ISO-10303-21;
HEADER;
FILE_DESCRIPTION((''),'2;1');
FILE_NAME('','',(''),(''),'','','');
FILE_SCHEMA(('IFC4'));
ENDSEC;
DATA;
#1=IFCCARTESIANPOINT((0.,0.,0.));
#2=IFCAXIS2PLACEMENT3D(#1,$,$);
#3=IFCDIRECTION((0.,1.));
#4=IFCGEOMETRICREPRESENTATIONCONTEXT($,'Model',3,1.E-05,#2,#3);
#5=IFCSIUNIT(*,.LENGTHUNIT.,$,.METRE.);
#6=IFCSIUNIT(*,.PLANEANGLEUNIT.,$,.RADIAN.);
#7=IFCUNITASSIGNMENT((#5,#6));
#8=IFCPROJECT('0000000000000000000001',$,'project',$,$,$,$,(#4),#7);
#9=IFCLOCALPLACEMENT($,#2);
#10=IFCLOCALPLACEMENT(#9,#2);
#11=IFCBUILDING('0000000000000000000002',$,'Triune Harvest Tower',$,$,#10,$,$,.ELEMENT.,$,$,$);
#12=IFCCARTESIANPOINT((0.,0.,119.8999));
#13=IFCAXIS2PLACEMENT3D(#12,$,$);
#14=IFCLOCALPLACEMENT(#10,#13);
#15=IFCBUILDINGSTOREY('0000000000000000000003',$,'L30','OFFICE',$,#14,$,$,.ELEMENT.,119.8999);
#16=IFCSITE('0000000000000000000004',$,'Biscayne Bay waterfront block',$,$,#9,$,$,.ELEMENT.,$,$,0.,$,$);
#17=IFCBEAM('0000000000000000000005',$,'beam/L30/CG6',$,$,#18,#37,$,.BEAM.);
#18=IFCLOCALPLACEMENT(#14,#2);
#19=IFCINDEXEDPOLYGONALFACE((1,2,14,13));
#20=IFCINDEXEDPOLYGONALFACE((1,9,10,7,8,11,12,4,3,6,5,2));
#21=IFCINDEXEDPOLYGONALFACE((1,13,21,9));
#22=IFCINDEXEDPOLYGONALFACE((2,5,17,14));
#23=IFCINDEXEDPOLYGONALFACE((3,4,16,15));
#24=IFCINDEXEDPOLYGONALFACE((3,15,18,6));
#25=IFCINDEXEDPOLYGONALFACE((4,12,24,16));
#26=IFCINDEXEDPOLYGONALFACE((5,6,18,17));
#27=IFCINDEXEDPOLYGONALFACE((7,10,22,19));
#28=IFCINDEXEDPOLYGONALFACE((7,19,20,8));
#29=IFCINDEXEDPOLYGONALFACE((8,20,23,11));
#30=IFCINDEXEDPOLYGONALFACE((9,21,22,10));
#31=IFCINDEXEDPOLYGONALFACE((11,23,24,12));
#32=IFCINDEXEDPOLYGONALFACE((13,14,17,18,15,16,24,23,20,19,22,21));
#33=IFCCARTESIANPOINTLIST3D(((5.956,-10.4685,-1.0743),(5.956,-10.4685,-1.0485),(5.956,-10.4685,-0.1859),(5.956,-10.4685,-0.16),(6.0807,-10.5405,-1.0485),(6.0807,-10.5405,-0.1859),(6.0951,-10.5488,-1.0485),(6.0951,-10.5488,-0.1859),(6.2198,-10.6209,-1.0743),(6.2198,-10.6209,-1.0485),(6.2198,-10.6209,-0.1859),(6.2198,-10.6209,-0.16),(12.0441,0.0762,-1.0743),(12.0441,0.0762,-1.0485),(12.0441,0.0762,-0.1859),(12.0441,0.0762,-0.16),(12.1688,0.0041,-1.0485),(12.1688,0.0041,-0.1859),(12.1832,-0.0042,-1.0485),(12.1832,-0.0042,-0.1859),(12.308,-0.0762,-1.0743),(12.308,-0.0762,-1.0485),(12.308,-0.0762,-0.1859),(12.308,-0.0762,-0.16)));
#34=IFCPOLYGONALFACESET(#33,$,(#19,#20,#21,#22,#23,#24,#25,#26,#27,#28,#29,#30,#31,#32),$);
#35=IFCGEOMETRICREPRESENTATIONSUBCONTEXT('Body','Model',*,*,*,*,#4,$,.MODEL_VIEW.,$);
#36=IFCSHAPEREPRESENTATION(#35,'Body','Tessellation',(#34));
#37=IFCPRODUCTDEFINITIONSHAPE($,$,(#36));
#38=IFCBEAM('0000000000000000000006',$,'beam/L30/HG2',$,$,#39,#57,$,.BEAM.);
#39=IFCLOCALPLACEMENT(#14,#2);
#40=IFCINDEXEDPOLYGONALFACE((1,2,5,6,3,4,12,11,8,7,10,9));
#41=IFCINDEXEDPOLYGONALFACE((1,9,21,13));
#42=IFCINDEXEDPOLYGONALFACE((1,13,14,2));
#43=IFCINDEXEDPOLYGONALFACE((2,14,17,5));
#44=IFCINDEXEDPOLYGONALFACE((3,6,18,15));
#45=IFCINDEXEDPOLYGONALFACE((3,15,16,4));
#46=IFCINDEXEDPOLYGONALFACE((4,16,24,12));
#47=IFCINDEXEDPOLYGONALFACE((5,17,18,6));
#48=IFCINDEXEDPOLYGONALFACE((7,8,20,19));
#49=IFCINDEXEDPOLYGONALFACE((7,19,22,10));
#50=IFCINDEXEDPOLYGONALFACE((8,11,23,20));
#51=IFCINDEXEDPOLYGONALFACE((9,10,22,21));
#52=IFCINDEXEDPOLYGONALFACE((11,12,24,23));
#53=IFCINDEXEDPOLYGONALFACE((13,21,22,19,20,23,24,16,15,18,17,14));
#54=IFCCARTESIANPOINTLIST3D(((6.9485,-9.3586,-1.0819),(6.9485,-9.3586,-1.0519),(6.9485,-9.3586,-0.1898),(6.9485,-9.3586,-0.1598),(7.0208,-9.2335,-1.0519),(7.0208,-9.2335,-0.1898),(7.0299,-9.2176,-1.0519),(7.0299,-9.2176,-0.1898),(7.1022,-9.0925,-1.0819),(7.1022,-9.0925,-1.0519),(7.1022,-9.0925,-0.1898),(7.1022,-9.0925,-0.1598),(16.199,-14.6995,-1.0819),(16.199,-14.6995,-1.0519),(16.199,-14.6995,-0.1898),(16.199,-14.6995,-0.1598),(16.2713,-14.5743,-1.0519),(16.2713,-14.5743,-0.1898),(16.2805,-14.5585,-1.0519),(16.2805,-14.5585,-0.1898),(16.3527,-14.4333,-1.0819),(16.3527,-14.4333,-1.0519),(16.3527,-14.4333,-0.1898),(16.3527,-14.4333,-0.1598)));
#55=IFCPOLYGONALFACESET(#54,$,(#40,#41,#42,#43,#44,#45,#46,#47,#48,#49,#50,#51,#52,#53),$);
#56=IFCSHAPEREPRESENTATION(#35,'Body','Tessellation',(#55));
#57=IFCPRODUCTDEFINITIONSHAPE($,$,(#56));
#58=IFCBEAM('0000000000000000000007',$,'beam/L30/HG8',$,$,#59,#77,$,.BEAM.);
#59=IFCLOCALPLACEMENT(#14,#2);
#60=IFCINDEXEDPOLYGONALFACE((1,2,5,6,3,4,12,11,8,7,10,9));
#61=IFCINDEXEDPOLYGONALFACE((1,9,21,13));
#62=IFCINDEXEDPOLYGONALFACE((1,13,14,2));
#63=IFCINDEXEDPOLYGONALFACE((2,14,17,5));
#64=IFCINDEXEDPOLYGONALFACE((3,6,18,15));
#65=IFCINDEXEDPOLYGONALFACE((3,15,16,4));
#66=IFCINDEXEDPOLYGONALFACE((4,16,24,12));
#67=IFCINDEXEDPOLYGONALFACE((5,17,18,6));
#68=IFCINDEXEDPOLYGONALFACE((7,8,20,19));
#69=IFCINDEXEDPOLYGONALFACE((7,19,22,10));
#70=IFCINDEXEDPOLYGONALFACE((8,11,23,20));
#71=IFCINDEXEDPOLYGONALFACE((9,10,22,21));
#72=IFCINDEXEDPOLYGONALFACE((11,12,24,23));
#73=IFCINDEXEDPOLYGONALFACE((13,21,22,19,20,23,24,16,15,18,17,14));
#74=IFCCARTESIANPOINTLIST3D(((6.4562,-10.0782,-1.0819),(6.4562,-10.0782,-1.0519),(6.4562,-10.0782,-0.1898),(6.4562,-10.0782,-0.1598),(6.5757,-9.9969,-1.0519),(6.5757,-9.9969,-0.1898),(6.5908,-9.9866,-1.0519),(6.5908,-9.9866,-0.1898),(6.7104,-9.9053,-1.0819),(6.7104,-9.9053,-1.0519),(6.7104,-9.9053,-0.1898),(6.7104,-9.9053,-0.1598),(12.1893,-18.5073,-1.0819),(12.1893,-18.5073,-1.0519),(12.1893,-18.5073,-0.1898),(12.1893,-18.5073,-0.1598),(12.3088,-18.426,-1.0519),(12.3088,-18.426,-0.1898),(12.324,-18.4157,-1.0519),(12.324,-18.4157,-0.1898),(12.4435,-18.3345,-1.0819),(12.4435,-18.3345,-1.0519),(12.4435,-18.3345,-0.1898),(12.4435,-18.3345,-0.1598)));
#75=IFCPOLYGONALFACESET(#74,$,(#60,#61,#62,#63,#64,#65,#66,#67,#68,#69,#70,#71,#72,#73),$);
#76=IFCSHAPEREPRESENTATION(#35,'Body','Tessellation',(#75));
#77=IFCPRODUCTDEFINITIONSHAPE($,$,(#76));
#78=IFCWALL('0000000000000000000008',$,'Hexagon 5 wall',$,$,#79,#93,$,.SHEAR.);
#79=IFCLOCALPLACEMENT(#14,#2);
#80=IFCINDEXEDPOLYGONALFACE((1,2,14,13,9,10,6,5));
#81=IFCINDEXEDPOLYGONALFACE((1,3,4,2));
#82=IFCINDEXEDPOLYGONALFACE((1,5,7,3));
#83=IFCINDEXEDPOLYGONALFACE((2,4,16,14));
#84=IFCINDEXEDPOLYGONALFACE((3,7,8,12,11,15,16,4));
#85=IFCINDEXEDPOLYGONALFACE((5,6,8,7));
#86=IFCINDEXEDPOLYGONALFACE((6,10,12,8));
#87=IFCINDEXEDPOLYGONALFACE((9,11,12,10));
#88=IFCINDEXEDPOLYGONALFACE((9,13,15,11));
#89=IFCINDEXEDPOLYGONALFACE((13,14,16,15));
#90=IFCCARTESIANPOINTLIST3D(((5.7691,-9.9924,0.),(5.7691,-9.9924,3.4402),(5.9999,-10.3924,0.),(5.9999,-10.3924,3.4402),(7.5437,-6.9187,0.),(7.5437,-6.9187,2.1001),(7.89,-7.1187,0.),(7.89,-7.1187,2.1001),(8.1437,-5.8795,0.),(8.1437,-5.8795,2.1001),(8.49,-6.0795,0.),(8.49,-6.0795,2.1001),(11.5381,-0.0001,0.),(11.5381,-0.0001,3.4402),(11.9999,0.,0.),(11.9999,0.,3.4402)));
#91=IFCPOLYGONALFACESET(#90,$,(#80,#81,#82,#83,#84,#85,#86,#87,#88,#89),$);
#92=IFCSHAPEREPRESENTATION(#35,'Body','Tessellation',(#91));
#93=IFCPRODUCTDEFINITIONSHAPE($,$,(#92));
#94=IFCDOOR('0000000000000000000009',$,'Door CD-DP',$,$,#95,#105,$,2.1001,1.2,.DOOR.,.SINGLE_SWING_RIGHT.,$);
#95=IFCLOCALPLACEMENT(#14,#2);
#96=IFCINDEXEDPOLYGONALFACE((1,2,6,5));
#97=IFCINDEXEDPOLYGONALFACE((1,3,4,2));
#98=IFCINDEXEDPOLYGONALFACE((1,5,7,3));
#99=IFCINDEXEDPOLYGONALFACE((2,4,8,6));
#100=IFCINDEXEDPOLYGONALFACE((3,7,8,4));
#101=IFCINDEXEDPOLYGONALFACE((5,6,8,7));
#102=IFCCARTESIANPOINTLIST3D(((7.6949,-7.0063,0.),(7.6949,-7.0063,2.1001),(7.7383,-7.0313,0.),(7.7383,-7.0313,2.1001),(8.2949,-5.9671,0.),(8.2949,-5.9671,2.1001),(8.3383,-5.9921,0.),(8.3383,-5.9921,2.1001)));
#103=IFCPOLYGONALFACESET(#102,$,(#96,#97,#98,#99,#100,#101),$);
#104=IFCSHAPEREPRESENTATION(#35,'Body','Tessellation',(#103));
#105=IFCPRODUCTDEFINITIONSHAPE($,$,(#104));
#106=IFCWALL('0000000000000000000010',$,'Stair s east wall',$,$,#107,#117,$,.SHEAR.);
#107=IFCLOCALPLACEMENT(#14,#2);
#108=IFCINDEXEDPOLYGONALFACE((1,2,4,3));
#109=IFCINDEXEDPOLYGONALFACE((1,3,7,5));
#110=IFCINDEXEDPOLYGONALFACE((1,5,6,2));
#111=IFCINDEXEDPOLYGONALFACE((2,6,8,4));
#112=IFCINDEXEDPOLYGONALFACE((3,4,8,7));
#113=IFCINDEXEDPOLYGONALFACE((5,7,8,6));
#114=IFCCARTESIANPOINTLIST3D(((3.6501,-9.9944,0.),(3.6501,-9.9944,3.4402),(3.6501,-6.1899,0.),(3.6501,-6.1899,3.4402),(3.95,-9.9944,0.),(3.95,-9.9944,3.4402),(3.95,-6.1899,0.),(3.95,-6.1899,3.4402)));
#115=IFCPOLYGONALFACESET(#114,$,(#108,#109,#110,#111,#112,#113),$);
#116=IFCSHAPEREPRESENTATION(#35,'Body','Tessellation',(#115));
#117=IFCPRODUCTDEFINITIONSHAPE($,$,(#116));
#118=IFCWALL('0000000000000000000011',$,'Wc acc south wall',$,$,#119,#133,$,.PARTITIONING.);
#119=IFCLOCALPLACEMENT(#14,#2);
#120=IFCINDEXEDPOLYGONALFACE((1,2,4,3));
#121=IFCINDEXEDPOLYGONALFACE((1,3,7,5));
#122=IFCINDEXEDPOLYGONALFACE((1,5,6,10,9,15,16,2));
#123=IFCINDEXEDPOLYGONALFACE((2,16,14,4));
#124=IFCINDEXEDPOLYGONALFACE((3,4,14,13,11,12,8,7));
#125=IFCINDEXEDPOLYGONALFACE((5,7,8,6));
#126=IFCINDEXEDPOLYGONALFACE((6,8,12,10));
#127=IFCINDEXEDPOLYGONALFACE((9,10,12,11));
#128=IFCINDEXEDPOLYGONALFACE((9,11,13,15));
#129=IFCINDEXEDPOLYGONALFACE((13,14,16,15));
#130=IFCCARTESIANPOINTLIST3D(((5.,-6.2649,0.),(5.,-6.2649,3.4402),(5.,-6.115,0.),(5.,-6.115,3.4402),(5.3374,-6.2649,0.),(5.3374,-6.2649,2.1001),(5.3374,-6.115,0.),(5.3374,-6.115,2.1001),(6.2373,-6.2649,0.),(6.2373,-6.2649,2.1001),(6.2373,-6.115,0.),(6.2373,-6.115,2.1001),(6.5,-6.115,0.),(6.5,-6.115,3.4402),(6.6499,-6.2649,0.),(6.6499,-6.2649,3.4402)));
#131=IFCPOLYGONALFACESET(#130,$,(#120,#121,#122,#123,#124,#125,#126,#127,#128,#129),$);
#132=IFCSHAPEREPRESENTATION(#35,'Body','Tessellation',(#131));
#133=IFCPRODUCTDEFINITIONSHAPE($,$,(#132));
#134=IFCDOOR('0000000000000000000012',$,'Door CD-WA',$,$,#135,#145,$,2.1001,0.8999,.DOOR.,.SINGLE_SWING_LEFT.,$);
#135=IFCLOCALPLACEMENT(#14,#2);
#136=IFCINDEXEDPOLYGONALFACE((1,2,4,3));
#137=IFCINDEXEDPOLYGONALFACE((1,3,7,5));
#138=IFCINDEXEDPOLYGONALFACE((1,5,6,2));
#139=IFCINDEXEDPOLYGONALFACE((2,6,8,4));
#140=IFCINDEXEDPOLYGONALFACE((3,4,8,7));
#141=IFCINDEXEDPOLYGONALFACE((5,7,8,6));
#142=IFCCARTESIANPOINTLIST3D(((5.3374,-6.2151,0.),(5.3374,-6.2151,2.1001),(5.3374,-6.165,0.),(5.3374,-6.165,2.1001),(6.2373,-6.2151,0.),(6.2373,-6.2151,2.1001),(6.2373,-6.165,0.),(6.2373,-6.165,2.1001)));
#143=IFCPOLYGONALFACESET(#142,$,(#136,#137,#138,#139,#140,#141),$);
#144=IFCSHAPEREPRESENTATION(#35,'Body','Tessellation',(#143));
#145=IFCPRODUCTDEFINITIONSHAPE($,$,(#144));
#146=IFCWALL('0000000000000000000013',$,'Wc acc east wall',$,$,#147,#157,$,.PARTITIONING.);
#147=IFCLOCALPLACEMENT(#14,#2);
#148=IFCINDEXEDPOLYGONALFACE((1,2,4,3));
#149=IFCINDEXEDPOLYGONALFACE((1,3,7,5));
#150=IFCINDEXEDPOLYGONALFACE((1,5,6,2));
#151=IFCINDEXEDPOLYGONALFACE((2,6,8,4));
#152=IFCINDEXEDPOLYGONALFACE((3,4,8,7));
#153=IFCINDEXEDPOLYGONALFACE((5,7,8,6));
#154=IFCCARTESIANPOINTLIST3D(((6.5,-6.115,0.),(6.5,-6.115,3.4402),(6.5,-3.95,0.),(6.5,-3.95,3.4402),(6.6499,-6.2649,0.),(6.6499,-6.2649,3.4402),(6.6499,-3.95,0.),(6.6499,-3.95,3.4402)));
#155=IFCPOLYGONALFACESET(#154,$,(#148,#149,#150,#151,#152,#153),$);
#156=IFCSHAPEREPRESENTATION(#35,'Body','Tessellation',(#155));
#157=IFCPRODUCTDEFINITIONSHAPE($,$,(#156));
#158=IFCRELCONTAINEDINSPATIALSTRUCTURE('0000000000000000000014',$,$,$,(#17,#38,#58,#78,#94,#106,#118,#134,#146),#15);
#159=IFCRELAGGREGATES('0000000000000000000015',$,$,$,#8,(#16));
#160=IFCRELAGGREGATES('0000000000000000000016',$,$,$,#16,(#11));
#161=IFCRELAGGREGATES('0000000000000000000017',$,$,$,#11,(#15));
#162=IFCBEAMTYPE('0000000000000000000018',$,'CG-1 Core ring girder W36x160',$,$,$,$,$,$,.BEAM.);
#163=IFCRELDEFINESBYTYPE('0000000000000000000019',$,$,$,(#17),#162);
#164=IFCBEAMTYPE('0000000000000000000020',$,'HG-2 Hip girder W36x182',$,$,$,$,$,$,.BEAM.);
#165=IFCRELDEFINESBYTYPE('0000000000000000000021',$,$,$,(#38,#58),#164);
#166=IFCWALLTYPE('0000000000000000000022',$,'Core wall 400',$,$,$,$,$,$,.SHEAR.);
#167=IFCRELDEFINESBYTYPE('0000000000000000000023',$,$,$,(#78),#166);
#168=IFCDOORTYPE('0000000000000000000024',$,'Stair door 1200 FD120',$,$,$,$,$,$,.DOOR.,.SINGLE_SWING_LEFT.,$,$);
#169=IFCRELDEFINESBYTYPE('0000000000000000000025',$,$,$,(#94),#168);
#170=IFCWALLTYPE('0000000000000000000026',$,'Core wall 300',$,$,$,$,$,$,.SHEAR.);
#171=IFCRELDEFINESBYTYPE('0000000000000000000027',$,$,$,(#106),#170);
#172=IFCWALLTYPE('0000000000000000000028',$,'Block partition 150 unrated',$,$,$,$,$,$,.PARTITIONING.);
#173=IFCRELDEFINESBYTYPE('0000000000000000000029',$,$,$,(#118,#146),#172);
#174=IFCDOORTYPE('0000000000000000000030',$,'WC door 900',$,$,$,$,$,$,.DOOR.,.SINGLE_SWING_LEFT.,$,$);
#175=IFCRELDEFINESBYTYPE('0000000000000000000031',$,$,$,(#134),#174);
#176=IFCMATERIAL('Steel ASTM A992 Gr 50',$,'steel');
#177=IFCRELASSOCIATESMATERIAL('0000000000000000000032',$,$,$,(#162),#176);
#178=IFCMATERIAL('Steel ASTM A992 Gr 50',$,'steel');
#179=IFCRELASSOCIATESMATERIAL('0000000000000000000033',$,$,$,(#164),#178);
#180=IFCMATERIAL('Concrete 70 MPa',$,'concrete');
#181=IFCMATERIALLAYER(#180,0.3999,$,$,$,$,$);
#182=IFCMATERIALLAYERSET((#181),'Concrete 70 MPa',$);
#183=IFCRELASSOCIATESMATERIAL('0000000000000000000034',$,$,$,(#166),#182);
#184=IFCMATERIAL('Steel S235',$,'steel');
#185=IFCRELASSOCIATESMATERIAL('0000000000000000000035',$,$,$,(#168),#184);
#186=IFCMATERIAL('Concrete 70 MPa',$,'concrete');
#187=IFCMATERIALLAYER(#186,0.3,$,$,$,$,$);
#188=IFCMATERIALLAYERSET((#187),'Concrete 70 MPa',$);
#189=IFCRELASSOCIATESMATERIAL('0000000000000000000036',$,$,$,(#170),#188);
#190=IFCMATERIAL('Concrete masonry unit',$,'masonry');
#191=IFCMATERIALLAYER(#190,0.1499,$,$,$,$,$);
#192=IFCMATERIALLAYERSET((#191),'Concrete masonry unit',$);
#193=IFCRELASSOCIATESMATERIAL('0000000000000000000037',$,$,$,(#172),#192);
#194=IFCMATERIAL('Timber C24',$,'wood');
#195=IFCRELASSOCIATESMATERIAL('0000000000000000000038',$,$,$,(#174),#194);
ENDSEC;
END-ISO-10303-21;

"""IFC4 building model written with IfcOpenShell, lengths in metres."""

from ifc_helpers import new_model, si_unit, direction, frame, frame_2d, origin, origin_2d, place, context, subcontext, project, spatial, polyline, rectangle, i_section, outline, extrude, source, transform, mapped, material, layer, layer_set, material_profile, profile_set, type_object, element, fill, save


model = new_model("IFC4")

# Units and contexts
model_context = context("Model", 3, precision=1e-05, world=origin(), true_north=direction((0.0, 1.0)))
body_context = subcontext(model_context, "Body", "Model", "MODEL_VIEW")
ifc_project = project(units=[si_unit("LENGTHUNIT", "METRE"), si_unit("PLANEANGLEUNIT", "RADIAN")], contexts=[model_context])

# Site, building, storey
site_placement = place(None, origin())
site = spatial("IfcSite", under=ifc_project, at=site_placement, Name="Biscayne Bay waterfront block", CompositionType="ELEMENT", RefElevation=0.0)
building_placement = place(site_placement, origin())
building = spatial("IfcBuilding", under=site, at=building_placement, Name="Triune Harvest Tower", CompositionType="ELEMENT")
storey_placement = place(building_placement, frame((0.0, 0.0, 119.8999)))
storey = spatial("IfcBuildingStorey", under=building, at=storey_placement, Name="L30", Description="OFFICE", CompositionType="ELEMENT", Elevation=119.8999)

# Beams
ifc_material_1 = material(Name="Steel ASTM A992 Gr 50", Category="steel")
ifc_material_profile_1 = material_profile(ifc_material_1, i_section(OverallWidth=0.3047, OverallDepth=0.9143, WebThickness=0.0166, FlangeThickness=0.0259, at=origin_2d()), Name="W36x160")
ifc_profile_set_1 = profile_set([ifc_material_profile_1], Name="Steel ASTM A992 Gr 50")
beam_type_1 = type_object("IfcBeamType", Name="CG-1 Core ring girder W36x160", PredefinedType="BEAM", material=ifc_profile_set_1)
shared_shape_1 = source(origin(), body_context, "Body", "SweptSolid", [
    extrude(i_section(OverallWidth=0.3047, OverallDepth=0.9143, WebThickness=0.0166, FlangeThickness=0.0259, at=origin_2d()), origin(), (0.0, 0.0, 1.0), 12.176),
])
beam_1_placement = place(storey_placement, frame((6.0879, -10.5447, -0.6172), z_axis=(0.50001, 0.86602, 0.0), x_axis=(-0.86602, 0.50001, 0.0)))
element("IfcBeam", 1, at=beam_1_placement, inside=storey, type_object=beam_type_1, Name="beam/L30/CG6", PredefinedType="BEAM", context=body_context, shape_type="MappedRepresentation", body=[
    mapped(shared_shape_1, transform((0.0, 0.0, 0.0), scale=1.0)),
])
ifc_material_2 = material(Name="Steel ASTM A992 Gr 50", Category="steel")
ifc_material_profile_2 = material_profile(ifc_material_2, i_section(OverallWidth=0.3074, OverallDepth=0.9221, WebThickness=0.0183, FlangeThickness=0.03, at=origin_2d()), Name="W36x182")
ifc_profile_set_2 = profile_set([ifc_material_profile_2], Name="Steel ASTM A992 Gr 50")
beam_type_2 = type_object("IfcBeamType", Name="HG-2 Hip girder W36x182", PredefinedType="BEAM", material=ifc_profile_set_2)
shared_shape_2 = source(origin(), body_context, "Body", "SweptSolid", [
    extrude(i_section(OverallWidth=0.3074, OverallDepth=0.9221, WebThickness=0.0183, FlangeThickness=0.03, at=origin_2d()), origin(), (0.0, 0.0, 1.0), 10.6816),
])
beam_2_placement = place(storey_placement, frame((16.2759, -14.5664, -0.6208), z_axis=(-0.866023, 0.500003, 0.0), x_axis=(-0.500003, -0.866023, 0.0)))
element("IfcBeam", 2, at=beam_2_placement, inside=storey, type_object=beam_type_2, Name="beam/L30/HG2", PredefinedType="BEAM", context=body_context, shape_type="MappedRepresentation", body=[
    mapped(shared_shape_2, transform((0.0, 0.0, 0.0), scale=1.0)),
])
shared_shape_3 = source(origin(), body_context, "Body", "SweptSolid", [
    extrude(i_section(OverallWidth=0.3074, OverallDepth=0.9221, WebThickness=0.0183, FlangeThickness=0.03, at=origin_2d()), origin(), (0.0, 0.0, 1.0), 10.1941),
])
beam_3_placement = place(storey_placement, frame((12.3164, -18.4209, -0.6208), z_axis=(-0.562397, 0.826867, 0.0), x_axis=(-0.826867, -0.562397, 0.0)))
element("IfcBeam", 3, at=beam_3_placement, inside=storey, type_object=beam_type_2, Name="beam/L30/HG8", PredefinedType="BEAM", context=body_context, shape_type="MappedRepresentation", body=[
    mapped(shared_shape_3, transform((0.0, 0.0, 0.0), scale=1.0)),
])

# Wall, opening, door
ifc_material_3 = material(Name="Concrete 70 MPa", Category="concrete")
ifc_layer_1 = layer(ifc_material_3, 0.3999)
ifc_layer_set_1 = layer_set([ifc_layer_1], Name="Concrete 70 MPa")
wall_type_1 = type_object("IfcWallType", Name="Core wall 400", PredefinedType="SHEAR", material=ifc_layer_set_1)
shared_shape_4 = source(origin(), body_context, "Body", "SweptSolid", [
    extrude(outline(polyline([(-0.1155, -0.2), (11.8845, -0.2), (11.6536, 0.2), (0.1155, 0.2), (-0.1155, -0.2)])), origin(), (0.0, 0.0, 1.0), 3.4402),
])
wall_1_placement = place(storey_placement, frame((5.8845, -10.1924, 0.0), z_axis=(0.0, 0.0, 1.0), x_axis=(0.499997, 0.866027, 0.0)))
wall_1 = element("IfcWall", 4, at=wall_1_placement, inside=storey, type_object=wall_type_1, Name="Hexagon 5 wall", PredefinedType="SHEAR", context=body_context, shape_type="MappedRepresentation", body=[
    mapped(shared_shape_4, transform((0.0, 0.0, 0.0), scale=1.0)),
])
opening_1_placement = place(wall_1_placement, frame((3.6646, 0.0, 0.0)))
opening_1 = element("IfcOpeningElement", 5, at=opening_1_placement, cuts=wall_1, PredefinedType="OPENING", context=body_context, shape_type="SweptSolid", body=[
    extrude(rectangle(XDim=1.2, YDim=2.1001, at=frame_2d((0.6001, 1.05))), frame((0.0, 0.21, 0.0), z_axis=(0.0, -1.0, 0.0), x_axis=(1.0, 0.0, 0.0)), (0.0, 0.0, 1.0), 0.4199),
])
ifc_material_4 = material(Name="Steel S235", Category="steel")
door_type_1 = type_object("IfcDoorType", Name="Stair door 1200 FD120", OperationType="SINGLE_SWING_LEFT", PredefinedType="DOOR", material=ifc_material_4)
door_1_placement = place(opening_1_placement, frame((1.2, 0.0, 0.0), z_axis=(0.0, 0.0, 1.0), x_axis=(-1.0, 0.0, 0.0)))
door_1 = element("IfcDoor", 6, at=door_1_placement, inside=storey, type_object=door_type_1, Name="Door CD-DP", OperationType="SINGLE_SWING_RIGHT", OverallHeight=2.1001, OverallWidth=1.2, PredefinedType="DOOR", context=body_context, shape_type="SweptSolid", body=[
    extrude(rectangle(XDim=1.2, YDim=2.1001, at=frame_2d((0.6001, 1.05))), frame((0.0, 0.0249, 0.0), z_axis=(0.0, -1.0, 0.0), x_axis=(1.0, 0.0, 0.0)), (0.0, 0.0, 1.0), 0.05),
])
fill(opening_1, door_1)

# Wall
ifc_material_5 = material(Name="Concrete 70 MPa", Category="concrete")
ifc_layer_2 = layer(ifc_material_5, 0.3)
ifc_layer_set_2 = layer_set([ifc_layer_2], Name="Concrete 70 MPa")
wall_type_2 = type_object("IfcWallType", Name="Core wall 300", PredefinedType="SHEAR", material=ifc_layer_set_2)
shared_shape_5 = source(origin(), body_context, "Body", "SweptSolid", [
    extrude(outline(polyline([(3.8, -0.1499), (-0.0044, -0.1499), (-0.0044, 0.1499), (3.8, 0.1499), (3.8, -0.1499)])), origin(), (0.0, 0.0, 1.0), 3.4402),
])
wall_2_placement = place(storey_placement, frame((3.8, -9.99, 0.0), z_axis=(0.0, 0.0, 1.0), x_axis=(0.0, 1.0, 0.0)))
element("IfcWall", 7, at=wall_2_placement, inside=storey, type_object=wall_type_2, Name="Stair s east wall", PredefinedType="SHEAR", context=body_context, shape_type="MappedRepresentation", body=[
    mapped(shared_shape_5, transform((0.0, 0.0, 0.0), scale=1.0)),
])

# Wall, opening, door
ifc_material_6 = material(Name="Concrete masonry unit", Category="masonry")
ifc_layer_3 = layer(ifc_material_6, 0.1499)
ifc_layer_set_3 = layer_set([ifc_layer_3], Name="Concrete masonry unit")
wall_type_3 = type_object("IfcWallType", Name="Block partition 150 unrated", PredefinedType="PARTITIONING", material=ifc_layer_set_3)
shared_shape_6 = source(origin(), body_context, "Body", "SweptSolid", [
    extrude(outline(polyline([(0.0, -0.075), (1.6499, -0.075), (1.5, 0.075), (0.0, 0.075), (0.0, -0.075)])), origin(), (0.0, 0.0, 1.0), 3.4402),
])
wall_3_placement = place(storey_placement, frame((5.0, -6.1899, 0.0), z_axis=(0.0, 0.0, 1.0), x_axis=(1.0, 0.0, 0.0)))
wall_3 = element("IfcWall", 8, at=wall_3_placement, inside=storey, type_object=wall_type_3, Name="Wc acc south wall", PredefinedType="PARTITIONING", context=body_context, shape_type="MappedRepresentation", body=[
    mapped(shared_shape_6, transform((0.0, 0.0, 0.0), scale=1.0)),
])
opening_2_placement = place(wall_3_placement, frame((0.3374, 0.0, 0.0)))
opening_2 = element("IfcOpeningElement", 9, at=opening_2_placement, cuts=wall_3, PredefinedType="OPENING", context=body_context, shape_type="SweptSolid", body=[
    extrude(rectangle(XDim=0.8999, YDim=2.1001, at=frame_2d((0.45, 1.05))), frame((0.0, 0.085, 0.0), z_axis=(0.0, -1.0, 0.0), x_axis=(1.0, 0.0, 0.0)), (0.0, 0.0, 1.0), 0.1699),
])
ifc_material_7 = material(Name="Timber C24", Category="wood")
door_type_2 = type_object("IfcDoorType", Name="WC door 900", OperationType="SINGLE_SWING_LEFT", PredefinedType="DOOR", material=ifc_material_7)
door_2_placement = place(opening_2_placement, origin())
door_2 = element("IfcDoor", 10, at=door_2_placement, inside=storey, type_object=door_type_2, Name="Door CD-WA", OperationType="SINGLE_SWING_LEFT", OverallHeight=2.1001, OverallWidth=0.8999, PredefinedType="DOOR", context=body_context, shape_type="SweptSolid", body=[
    extrude(rectangle(XDim=0.8999, YDim=2.1001, at=frame_2d((0.45, 1.05))), frame((0.0, 0.0249, 0.0), z_axis=(0.0, -1.0, 0.0), x_axis=(1.0, 0.0, 0.0)), (0.0, 0.0, 1.0), 0.05),
])
fill(opening_2, door_2)

# Wall
shared_shape_7 = source(origin(), body_context, "Body", "SweptSolid", [
    extrude(outline(polyline([(-0.075, -0.075), (2.24, -0.075), (2.24, 0.075), (0.075, 0.075), (-0.075, -0.075)])), origin(), (0.0, 0.0, 1.0), 3.4402),
])
wall_4_placement = place(storey_placement, frame((6.575, -6.1899, 0.0), z_axis=(0.0, 0.0, 1.0), x_axis=(0.0, 1.0, 0.0)))
element("IfcWall", 11, at=wall_4_placement, inside=storey, type_object=wall_type_3, Name="Wc acc east wall", PredefinedType="PARTITIONING", context=body_context, shape_type="MappedRepresentation", body=[
    mapped(shared_shape_7, transform((0.0, 0.0, 0.0), scale=1.0)),
])

save(model, "model.ifc")
